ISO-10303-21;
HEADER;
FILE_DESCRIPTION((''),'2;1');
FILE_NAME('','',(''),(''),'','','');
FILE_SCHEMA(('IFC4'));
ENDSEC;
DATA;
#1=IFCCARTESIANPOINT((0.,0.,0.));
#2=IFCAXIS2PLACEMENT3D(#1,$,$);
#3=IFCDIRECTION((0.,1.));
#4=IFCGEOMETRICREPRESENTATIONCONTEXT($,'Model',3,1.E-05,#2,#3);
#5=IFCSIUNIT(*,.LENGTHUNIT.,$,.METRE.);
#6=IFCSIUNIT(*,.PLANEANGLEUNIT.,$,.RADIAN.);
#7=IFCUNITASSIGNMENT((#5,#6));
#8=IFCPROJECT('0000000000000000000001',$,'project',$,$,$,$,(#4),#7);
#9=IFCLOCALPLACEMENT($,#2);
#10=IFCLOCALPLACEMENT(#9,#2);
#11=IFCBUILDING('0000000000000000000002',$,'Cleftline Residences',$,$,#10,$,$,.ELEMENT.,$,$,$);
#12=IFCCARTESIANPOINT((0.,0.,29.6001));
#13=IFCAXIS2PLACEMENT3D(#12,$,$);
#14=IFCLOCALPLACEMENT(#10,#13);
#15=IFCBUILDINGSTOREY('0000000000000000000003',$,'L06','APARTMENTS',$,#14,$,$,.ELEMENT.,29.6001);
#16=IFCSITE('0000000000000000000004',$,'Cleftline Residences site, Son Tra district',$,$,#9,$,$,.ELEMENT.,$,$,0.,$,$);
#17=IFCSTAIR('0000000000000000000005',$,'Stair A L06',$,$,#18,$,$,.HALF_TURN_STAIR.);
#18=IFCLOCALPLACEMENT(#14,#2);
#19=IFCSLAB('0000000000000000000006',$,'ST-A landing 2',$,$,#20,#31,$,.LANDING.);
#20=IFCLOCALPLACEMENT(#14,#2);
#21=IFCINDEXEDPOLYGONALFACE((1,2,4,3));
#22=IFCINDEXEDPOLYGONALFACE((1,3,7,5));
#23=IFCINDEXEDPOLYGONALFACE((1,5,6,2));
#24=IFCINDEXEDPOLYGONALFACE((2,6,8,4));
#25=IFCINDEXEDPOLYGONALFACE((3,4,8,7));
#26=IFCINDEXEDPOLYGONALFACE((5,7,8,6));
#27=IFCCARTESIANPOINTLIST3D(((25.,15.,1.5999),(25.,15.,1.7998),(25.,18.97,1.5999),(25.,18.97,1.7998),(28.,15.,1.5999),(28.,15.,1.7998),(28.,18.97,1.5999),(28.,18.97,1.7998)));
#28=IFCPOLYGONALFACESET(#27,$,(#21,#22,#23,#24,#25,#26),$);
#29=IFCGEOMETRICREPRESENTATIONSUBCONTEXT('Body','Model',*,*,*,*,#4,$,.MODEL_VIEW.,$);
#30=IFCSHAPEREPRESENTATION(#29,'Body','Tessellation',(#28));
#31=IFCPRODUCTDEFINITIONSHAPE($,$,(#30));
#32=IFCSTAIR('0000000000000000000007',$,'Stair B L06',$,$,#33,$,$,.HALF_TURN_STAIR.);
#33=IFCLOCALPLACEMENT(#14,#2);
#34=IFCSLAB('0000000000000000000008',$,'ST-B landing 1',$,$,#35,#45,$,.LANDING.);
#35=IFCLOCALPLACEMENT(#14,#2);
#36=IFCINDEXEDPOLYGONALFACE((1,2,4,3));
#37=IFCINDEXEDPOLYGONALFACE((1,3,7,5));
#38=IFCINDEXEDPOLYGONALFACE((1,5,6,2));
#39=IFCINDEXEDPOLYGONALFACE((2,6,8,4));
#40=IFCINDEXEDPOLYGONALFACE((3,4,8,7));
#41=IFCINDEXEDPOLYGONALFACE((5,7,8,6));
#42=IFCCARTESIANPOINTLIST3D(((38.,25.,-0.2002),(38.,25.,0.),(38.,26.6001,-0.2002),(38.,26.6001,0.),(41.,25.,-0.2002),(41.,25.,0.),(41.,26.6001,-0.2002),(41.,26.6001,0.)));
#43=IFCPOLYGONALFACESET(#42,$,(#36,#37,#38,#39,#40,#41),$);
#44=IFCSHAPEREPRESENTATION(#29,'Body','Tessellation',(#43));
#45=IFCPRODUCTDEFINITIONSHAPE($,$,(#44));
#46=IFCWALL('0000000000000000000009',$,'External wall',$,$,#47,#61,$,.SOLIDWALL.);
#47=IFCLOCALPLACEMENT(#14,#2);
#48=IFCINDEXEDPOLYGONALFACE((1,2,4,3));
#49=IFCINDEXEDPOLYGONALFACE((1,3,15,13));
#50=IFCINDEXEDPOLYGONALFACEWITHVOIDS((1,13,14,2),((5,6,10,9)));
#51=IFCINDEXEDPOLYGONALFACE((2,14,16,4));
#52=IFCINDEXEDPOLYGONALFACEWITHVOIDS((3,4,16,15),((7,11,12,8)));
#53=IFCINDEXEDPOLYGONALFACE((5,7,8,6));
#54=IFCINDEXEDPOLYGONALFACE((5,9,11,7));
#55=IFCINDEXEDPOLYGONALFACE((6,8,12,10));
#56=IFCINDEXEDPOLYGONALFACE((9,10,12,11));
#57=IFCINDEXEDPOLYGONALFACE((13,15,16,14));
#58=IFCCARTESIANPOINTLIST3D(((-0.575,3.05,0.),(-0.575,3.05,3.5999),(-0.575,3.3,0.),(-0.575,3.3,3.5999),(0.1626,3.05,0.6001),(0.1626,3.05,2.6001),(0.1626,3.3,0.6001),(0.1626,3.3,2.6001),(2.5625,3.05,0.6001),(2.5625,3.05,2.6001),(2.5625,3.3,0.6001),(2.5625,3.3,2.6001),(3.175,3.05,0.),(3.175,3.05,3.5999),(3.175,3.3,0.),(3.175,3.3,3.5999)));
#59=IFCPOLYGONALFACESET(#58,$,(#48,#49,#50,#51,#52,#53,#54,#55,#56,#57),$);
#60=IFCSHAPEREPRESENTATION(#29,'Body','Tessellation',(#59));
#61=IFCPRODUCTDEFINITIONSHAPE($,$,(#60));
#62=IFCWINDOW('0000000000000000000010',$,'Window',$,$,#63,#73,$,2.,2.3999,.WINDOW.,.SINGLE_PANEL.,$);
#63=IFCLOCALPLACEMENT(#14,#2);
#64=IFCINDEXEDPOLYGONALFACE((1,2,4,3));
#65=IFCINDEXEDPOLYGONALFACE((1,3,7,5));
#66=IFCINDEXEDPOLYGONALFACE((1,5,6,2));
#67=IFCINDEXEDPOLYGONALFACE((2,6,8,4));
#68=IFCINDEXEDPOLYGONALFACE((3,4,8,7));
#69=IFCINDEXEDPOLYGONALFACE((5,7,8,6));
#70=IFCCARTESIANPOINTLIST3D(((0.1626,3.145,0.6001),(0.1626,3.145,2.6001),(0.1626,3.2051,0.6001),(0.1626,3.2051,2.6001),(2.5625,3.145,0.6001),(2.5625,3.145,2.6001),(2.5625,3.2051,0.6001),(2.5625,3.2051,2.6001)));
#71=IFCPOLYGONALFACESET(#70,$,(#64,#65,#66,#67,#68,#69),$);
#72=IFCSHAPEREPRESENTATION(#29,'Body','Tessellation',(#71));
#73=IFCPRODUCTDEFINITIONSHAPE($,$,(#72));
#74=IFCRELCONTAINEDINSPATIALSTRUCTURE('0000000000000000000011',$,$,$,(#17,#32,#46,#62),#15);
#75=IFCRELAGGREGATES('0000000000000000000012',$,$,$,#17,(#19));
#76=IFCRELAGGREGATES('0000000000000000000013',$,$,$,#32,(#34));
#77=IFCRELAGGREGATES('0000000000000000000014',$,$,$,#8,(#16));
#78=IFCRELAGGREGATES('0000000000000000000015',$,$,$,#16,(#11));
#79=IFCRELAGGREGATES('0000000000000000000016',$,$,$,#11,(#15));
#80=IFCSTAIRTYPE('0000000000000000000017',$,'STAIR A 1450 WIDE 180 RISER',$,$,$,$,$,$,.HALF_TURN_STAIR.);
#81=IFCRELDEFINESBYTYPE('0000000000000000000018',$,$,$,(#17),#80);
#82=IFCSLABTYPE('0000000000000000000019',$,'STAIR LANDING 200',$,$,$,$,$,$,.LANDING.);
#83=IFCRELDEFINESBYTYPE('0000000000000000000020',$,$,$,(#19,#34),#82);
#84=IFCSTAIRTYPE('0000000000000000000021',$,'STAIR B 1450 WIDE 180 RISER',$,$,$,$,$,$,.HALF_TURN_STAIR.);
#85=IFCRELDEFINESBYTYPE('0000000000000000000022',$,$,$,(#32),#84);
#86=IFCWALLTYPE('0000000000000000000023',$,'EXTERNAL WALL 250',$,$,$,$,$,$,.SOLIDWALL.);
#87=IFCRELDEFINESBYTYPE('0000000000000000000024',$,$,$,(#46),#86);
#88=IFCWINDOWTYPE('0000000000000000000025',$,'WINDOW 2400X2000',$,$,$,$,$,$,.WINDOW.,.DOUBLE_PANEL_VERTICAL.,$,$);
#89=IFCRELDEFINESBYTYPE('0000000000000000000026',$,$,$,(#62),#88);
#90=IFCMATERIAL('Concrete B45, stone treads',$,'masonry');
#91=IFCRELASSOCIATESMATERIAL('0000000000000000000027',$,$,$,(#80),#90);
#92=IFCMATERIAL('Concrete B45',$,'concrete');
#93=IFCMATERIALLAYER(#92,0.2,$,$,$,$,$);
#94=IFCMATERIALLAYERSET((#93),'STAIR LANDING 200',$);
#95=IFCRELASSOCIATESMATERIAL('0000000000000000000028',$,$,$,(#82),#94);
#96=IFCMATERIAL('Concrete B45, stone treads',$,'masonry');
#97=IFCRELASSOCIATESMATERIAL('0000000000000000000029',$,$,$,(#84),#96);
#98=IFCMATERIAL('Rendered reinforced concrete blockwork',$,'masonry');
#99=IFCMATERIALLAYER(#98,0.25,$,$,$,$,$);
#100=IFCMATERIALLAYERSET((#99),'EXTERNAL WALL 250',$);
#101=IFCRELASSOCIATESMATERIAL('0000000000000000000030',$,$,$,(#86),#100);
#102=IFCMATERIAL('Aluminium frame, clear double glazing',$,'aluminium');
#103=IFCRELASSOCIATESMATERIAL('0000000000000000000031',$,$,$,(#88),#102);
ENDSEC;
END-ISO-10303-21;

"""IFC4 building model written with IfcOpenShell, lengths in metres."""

from ifc_helpers import new_model, si_unit, direction, frame, frame_2d, origin, place, context, subcontext, project, spatial, polyline, rectangle, outline, extrude, material, layer, layer_set, type_object, element, fill, aggregate, save


model = new_model("IFC4")

# Units and contexts
model_context = context("Model", 3, precision=1e-05, world=origin(), true_north=direction((0.0, 1.0)))
body_context = subcontext(model_context, "Body", "Model", "MODEL_VIEW")
ifc_project = project(units=[si_unit("LENGTHUNIT", "METRE"), si_unit("PLANEANGLEUNIT", "RADIAN")], contexts=[model_context])

# Site, building, storey
site_placement = place(None, origin())
site = spatial("IfcSite", under=ifc_project, at=site_placement, Name="Cleftline Residences site, Son Tra district", CompositionType="ELEMENT", RefElevation=0.0)
building_placement = place(site_placement, origin())
building = spatial("IfcBuilding", under=site, at=building_placement, Name="Cleftline Residences", CompositionType="ELEMENT")
storey_placement = place(building_placement, frame((0.0, 0.0, 29.6001)))
storey = spatial("IfcBuildingStorey", under=building, at=storey_placement, Name="L06", Description="APARTMENTS", CompositionType="ELEMENT", Elevation=29.6001)

# Stair, slab
ifc_material_1 = material(Name="Concrete B45, stone treads", Category="masonry")
stair_type_1 = type_object("IfcStairType", Name="STAIR A 1450 WIDE 180 RISER", PredefinedType="HALF_TURN_STAIR", material=ifc_material_1)
stair_1_placement = place(storey_placement, origin())
stair_1 = element("IfcStair", 1, at=stair_1_placement, inside=storey, type_object=stair_type_1, Name="Stair A L06", PredefinedType="HALF_TURN_STAIR")
ifc_material_2 = material(Name="Concrete B45", Category="concrete")
ifc_layer_1 = layer(ifc_material_2, 0.2)
ifc_layer_set_1 = layer_set([ifc_layer_1], Name="STAIR LANDING 200")
slab_type_1 = type_object("IfcSlabType", Name="STAIR LANDING 200", PredefinedType="LANDING", material=ifc_layer_set_1)
slab_1_placement = place(storey_placement, frame((0.0, 0.0, 1.5999)))
slab_1 = element("IfcSlab", 2, at=slab_1_placement, type_object=slab_type_1, Name="ST-A landing 2", PredefinedType="LANDING", context=body_context, shape_type="SweptSolid", body=[
    extrude(outline(polyline([(25.0, 15.0), (28.0, 15.0), (28.0, 18.97), (25.0, 18.97), (25.0, 15.0)])), origin(), (0.0, 0.0, 1.0), 0.2),
])
aggregate(stair_1, [slab_1])

# Stair, slab
ifc_material_3 = material(Name="Concrete B45, stone treads", Category="masonry")
stair_type_2 = type_object("IfcStairType", Name="STAIR B 1450 WIDE 180 RISER", PredefinedType="HALF_TURN_STAIR", material=ifc_material_3)
stair_2_placement = place(storey_placement, origin())
stair_2 = element("IfcStair", 3, at=stair_2_placement, inside=storey, type_object=stair_type_2, Name="Stair B L06", PredefinedType="HALF_TURN_STAIR")
slab_2_placement = place(storey_placement, frame((0.0, 0.0, -0.2002)))
slab_2 = element("IfcSlab", 4, at=slab_2_placement, type_object=slab_type_1, Name="ST-B landing 1", PredefinedType="LANDING", context=body_context, shape_type="SweptSolid", body=[
    extrude(outline(polyline([(38.0, 25.0), (41.0, 25.0), (41.0, 26.6001), (38.0, 26.6001), (38.0, 25.0)])), origin(), (0.0, 0.0, 1.0), 0.2002),
])
aggregate(stair_2, [slab_2])

# Wall, opening, window
ifc_material_4 = material(Name="Rendered reinforced concrete blockwork", Category="masonry")
ifc_layer_2 = layer(ifc_material_4, 0.25)
ifc_layer_set_2 = layer_set([ifc_layer_2], Name="EXTERNAL WALL 250")
wall_type = type_object("IfcWallType", Name="EXTERNAL WALL 250", PredefinedType="SOLIDWALL", material=ifc_layer_set_2)
wall_placement = place(storey_placement, frame((-0.575, 3.175, 0.0), z_axis=(0.0, 0.0, 1.0), x_axis=(1.0, 0.0, 0.0)))
wall = element("IfcWall", 5, at=wall_placement, inside=storey, type_object=wall_type, Name="External wall", PredefinedType="SOLIDWALL", context=body_context, shape_type="SweptSolid", body=[
    extrude(rectangle(XDim=3.75, YDim=0.25, at=frame_2d((1.875, 0.0))), origin(), (0.0, 0.0, 1.0), 3.5999),
])
opening_placement = place(wall_placement, frame((0.7375, 0.0, 0.6001)))
opening = element("IfcOpeningElement", 6, at=opening_placement, cuts=wall, PredefinedType="OPENING", context=body_context, shape_type="SweptSolid", body=[
    extrude(rectangle(XDim=2.3999, YDim=2.0, at=frame_2d((1.2, 1.0))), frame((0.0, 0.135, 0.0), z_axis=(0.0, -1.0, 0.0), x_axis=(1.0, 0.0, 0.0)), (0.0, 0.0, 1.0), 0.27),
])
ifc_material_5 = material(Name="Aluminium frame, clear double glazing", Category="aluminium")
window_type = type_object("IfcWindowType", Name="WINDOW 2400X2000", PartitioningType="DOUBLE_PANEL_VERTICAL", PredefinedType="WINDOW", material=ifc_material_5)
window_placement = place(opening_placement, origin())
window = element("IfcWindow", 7, at=window_placement, inside=storey, type_object=window_type, Name="Window", OverallHeight=2.0, OverallWidth=2.3999, PartitioningType="SINGLE_PANEL", PredefinedType="WINDOW", context=body_context, shape_type="SweptSolid", body=[
    extrude(rectangle(XDim=2.3999, YDim=2.0, at=frame_2d((1.2, 1.0))), frame((0.0, 0.03, 0.0), z_axis=(0.0, -1.0, 0.0), x_axis=(1.0, 0.0, 0.0)), (0.0, 0.0, 1.0), 0.0601),
])
fill(opening, window)

save(model, "model.ifc")
